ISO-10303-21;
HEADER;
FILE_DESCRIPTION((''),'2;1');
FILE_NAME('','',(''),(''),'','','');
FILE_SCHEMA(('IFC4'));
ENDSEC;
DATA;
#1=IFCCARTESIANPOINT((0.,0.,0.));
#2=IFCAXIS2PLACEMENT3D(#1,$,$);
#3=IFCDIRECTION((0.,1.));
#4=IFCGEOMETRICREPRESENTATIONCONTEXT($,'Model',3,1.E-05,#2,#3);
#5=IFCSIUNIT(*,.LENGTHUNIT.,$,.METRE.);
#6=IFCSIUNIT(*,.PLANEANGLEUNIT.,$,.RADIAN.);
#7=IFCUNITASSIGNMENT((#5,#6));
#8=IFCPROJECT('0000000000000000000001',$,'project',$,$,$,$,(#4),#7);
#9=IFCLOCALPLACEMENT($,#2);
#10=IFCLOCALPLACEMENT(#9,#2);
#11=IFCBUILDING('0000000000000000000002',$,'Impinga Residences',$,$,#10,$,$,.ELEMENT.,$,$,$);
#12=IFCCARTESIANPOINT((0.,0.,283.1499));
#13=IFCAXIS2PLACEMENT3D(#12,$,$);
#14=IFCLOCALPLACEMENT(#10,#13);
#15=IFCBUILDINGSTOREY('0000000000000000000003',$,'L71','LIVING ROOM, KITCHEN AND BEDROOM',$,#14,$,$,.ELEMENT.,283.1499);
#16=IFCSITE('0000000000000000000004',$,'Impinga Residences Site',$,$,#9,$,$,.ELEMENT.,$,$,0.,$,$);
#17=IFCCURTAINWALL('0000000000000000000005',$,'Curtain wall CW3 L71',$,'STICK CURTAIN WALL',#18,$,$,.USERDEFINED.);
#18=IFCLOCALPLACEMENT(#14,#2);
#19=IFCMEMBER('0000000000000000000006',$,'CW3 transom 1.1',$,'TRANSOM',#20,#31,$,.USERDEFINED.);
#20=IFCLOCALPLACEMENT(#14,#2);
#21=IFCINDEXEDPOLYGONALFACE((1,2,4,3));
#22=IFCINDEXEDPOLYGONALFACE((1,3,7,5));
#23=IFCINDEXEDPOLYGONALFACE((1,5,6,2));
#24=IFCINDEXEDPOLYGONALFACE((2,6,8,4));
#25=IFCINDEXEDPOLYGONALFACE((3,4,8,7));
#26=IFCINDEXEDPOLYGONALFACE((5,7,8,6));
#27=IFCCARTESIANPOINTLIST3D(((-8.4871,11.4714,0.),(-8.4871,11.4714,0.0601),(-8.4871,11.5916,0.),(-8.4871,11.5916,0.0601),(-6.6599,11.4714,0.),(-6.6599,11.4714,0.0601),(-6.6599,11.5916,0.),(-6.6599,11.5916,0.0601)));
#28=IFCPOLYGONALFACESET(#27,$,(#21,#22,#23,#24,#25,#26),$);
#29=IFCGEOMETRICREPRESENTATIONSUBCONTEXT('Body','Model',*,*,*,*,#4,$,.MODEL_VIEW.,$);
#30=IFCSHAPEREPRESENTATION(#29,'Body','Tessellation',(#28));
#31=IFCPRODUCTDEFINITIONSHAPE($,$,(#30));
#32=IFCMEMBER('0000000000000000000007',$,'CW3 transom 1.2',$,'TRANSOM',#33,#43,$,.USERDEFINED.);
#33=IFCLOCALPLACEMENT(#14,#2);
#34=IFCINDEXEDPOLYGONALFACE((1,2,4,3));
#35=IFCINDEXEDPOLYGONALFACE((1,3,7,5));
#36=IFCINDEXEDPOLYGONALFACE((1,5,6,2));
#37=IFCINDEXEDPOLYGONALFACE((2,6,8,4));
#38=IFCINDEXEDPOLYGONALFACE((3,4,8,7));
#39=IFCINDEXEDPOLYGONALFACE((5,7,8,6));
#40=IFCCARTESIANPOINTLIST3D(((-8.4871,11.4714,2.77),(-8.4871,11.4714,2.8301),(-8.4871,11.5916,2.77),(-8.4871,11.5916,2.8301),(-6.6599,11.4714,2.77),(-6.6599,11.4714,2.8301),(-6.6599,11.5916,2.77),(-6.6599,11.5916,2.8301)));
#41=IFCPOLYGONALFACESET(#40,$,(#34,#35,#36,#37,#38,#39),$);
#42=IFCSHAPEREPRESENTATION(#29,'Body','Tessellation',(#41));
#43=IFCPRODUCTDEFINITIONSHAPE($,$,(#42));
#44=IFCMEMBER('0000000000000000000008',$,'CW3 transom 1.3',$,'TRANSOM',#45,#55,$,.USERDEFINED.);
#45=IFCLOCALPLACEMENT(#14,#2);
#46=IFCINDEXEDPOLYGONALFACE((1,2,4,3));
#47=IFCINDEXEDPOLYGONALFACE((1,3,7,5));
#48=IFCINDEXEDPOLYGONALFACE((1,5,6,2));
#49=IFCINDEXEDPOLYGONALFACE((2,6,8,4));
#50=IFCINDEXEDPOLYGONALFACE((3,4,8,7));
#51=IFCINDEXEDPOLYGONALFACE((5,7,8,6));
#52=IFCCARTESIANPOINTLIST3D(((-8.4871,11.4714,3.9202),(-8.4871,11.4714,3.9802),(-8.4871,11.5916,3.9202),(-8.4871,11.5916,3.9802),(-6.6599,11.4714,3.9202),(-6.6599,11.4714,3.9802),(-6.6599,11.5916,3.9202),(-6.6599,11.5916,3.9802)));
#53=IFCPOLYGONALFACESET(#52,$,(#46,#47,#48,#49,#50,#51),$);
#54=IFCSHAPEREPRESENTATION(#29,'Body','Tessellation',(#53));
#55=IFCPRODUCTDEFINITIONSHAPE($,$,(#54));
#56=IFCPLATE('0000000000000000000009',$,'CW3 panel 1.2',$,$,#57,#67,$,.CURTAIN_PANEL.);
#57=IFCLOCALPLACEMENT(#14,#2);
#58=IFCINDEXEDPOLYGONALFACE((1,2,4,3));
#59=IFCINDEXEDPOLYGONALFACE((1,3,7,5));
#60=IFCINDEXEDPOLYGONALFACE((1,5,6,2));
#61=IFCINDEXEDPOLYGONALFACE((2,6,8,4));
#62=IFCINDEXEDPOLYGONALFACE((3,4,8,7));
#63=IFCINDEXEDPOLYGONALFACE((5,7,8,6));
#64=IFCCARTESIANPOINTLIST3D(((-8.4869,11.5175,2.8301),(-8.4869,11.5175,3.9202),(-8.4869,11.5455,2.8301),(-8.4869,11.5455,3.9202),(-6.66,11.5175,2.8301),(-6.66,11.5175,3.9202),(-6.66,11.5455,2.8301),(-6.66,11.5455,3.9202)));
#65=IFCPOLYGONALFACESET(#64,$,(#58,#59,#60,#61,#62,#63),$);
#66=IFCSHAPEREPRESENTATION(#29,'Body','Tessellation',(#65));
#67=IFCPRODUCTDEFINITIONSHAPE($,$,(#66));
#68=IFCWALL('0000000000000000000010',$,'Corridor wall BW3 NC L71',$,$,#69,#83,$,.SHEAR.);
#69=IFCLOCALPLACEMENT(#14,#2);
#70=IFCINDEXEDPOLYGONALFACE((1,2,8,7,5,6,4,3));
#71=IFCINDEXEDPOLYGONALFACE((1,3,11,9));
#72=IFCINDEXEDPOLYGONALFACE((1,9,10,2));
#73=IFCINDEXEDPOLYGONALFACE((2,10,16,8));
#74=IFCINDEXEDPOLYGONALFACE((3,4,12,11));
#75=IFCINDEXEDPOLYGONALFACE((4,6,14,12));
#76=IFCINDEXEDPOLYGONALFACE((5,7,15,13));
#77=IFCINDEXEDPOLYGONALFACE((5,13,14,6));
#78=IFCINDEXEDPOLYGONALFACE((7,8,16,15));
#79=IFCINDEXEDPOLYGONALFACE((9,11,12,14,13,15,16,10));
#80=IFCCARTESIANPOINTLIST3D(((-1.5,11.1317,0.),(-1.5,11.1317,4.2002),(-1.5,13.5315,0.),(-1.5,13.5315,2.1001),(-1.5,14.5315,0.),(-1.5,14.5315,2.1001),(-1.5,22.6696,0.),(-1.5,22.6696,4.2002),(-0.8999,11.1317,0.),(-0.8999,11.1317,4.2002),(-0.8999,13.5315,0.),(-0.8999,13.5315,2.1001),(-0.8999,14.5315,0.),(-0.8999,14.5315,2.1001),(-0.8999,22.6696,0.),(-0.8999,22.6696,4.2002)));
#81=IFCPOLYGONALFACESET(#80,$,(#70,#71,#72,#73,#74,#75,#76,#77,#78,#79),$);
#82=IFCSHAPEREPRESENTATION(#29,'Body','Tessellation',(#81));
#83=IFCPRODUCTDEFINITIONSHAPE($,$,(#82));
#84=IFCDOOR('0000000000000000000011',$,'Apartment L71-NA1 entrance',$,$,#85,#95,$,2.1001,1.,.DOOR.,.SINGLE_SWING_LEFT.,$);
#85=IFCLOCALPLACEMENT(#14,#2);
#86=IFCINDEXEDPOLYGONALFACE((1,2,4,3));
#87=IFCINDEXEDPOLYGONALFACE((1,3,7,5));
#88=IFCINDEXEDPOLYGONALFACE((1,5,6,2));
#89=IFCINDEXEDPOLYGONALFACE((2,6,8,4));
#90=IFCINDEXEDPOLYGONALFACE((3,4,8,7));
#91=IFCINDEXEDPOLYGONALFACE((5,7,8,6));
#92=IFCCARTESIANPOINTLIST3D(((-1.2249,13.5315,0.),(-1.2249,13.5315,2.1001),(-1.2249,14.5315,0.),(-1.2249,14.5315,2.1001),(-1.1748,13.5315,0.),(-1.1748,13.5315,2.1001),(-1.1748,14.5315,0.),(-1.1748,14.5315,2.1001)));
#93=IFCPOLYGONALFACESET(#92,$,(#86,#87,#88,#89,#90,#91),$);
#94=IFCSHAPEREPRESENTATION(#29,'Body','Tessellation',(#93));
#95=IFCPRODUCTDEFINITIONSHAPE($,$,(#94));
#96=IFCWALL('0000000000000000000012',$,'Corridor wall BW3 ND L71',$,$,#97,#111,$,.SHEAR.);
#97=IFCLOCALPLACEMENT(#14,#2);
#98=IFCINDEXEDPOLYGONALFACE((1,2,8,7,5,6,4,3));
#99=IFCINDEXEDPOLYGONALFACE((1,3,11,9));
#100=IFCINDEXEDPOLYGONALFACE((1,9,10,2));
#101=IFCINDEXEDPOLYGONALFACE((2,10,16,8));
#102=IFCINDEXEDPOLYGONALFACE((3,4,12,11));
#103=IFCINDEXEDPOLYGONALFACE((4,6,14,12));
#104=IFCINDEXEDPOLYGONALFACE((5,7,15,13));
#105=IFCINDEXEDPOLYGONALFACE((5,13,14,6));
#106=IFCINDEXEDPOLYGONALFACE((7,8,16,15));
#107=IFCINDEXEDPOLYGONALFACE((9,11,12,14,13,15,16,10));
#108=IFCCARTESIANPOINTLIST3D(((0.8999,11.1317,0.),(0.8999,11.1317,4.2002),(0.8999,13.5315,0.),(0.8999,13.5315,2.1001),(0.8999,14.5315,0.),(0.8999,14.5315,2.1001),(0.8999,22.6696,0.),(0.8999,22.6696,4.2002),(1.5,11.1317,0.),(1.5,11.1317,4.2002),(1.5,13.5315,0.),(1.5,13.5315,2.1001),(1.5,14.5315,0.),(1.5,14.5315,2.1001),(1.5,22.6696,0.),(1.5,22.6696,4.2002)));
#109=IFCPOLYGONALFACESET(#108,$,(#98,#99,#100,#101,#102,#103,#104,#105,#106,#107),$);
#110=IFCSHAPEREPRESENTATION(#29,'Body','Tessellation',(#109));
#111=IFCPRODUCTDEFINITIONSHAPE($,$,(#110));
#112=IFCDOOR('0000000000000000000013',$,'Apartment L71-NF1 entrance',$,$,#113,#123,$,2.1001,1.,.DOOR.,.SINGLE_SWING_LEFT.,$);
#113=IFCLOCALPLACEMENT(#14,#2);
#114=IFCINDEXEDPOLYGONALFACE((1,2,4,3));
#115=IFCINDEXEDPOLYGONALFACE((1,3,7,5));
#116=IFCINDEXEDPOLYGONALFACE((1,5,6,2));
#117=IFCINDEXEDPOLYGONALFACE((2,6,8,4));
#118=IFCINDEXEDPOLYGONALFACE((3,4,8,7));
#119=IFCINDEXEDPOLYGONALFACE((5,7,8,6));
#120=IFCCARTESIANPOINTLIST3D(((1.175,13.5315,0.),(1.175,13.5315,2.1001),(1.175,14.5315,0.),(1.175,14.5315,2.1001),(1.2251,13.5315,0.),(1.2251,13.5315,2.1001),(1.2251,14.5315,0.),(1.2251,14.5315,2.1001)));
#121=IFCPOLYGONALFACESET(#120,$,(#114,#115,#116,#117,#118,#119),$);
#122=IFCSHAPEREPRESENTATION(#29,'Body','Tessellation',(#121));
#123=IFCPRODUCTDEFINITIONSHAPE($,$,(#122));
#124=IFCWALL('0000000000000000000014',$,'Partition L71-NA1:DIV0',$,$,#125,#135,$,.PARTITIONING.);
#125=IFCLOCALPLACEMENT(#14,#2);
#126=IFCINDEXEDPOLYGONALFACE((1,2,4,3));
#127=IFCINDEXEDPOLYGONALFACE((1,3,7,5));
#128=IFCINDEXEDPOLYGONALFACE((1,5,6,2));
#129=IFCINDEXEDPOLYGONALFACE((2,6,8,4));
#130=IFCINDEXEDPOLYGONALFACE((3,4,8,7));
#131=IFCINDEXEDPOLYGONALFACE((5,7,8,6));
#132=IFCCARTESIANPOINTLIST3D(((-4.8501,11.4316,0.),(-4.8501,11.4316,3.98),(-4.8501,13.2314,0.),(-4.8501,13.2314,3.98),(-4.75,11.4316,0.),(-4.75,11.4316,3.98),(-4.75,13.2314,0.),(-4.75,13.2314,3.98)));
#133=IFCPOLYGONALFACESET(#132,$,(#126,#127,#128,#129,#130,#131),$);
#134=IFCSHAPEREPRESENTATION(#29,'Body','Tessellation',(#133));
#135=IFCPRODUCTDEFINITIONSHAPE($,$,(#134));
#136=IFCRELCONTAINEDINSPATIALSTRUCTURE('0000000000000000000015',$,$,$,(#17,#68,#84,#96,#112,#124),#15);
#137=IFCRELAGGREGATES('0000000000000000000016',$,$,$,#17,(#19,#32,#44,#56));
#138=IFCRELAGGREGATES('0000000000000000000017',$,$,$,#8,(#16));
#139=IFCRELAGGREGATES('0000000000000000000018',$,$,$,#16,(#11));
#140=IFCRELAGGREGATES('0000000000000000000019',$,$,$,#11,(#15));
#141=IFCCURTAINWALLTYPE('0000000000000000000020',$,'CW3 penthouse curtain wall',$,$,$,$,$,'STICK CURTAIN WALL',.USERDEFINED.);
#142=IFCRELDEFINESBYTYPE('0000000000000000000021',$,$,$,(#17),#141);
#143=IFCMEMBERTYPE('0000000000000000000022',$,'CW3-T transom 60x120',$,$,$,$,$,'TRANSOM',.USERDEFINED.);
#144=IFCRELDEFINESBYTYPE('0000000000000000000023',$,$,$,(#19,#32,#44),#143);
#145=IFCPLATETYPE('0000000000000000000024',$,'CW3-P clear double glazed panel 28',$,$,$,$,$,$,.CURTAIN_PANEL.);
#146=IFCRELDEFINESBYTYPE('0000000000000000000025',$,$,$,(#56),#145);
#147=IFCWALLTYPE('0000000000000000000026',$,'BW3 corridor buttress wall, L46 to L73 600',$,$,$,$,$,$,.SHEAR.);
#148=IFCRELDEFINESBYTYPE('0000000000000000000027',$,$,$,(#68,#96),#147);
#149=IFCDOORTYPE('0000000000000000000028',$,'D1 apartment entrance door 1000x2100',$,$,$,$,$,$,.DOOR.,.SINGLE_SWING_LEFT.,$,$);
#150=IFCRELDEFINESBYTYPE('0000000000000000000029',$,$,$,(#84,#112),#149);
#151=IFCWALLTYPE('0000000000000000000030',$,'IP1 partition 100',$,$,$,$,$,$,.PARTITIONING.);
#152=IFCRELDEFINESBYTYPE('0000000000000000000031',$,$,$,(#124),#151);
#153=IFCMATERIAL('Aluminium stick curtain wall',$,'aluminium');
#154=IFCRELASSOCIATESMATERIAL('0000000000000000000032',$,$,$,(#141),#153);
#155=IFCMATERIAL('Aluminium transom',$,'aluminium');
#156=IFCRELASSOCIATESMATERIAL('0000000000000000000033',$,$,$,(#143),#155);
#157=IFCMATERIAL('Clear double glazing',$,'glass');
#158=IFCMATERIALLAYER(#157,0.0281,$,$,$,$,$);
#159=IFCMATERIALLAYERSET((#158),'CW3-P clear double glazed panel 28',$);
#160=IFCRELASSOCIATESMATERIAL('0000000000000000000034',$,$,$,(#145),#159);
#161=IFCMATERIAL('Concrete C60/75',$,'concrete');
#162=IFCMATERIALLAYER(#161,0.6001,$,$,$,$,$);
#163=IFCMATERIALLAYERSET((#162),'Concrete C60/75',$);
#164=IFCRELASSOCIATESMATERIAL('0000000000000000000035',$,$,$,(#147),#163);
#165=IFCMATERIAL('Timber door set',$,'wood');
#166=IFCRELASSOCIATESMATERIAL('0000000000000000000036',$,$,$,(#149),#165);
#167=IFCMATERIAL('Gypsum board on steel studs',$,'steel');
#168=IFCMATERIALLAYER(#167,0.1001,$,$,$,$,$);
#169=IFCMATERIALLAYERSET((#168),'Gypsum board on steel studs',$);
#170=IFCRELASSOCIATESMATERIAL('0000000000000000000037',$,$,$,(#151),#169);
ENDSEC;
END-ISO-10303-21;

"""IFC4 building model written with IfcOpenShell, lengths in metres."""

from ifc_helpers import new_model, si_unit, direction, frame, frame_2d, origin, origin_2d, place, context, subcontext, project, spatial, rectangle, extrude, material, layer, layer_set, material_profile, profile_set, type_object, element, fill, aggregate, save


model = new_model("IFC4")

# Units and contexts
model_context = context("Model", 3, precision=1e-05, world=origin(), true_north=direction((0.0, 1.0)))
body_context = subcontext(model_context, "Body", "Model", "MODEL_VIEW")
ifc_project = project(units=[si_unit("LENGTHUNIT", "METRE"), si_unit("PLANEANGLEUNIT", "RADIAN")], contexts=[model_context])

# Site, building, storey
site_placement = place(None, origin())
site = spatial("IfcSite", under=ifc_project, at=site_placement, Name="Impinga Residences Site", CompositionType="ELEMENT", RefElevation=0.0)
building_placement = place(site_placement, origin())
building = spatial("IfcBuilding", under=site, at=building_placement, Name="Impinga Residences", CompositionType="ELEMENT")
storey_placement = place(building_placement, frame((0.0, 0.0, 283.1499)))
storey = spatial("IfcBuildingStorey", under=building, at=storey_placement, Name="L71", Description="LIVING ROOM, KITCHEN AND BEDROOM", CompositionType="ELEMENT", Elevation=283.1499)

# Curtain wall, members, plate
ifc_material_1 = material(Name="Aluminium stick curtain wall", Category="aluminium")
curtain_wall_type = type_object("IfcCurtainWallType", Name="CW3 penthouse curtain wall", ElementType="STICK CURTAIN WALL", PredefinedType="USERDEFINED", material=ifc_material_1)
curtain_wall_placement = place(storey_placement, origin())
curtain_wall = element("IfcCurtainWall", 1, at=curtain_wall_placement, inside=storey, type_object=curtain_wall_type, Name="Curtain wall CW3 L71", ObjectType="STICK CURTAIN WALL", PredefinedType="USERDEFINED")
ifc_material_2 = material(Name="Aluminium transom", Category="aluminium")
ifc_material_profile = material_profile(ifc_material_2, rectangle(XDim=0.0601, YDim=0.1201, at=origin_2d()), Name="60x120 transom")
ifc_profile_set = profile_set([ifc_material_profile], Name="Aluminium transom")
member_type = type_object("IfcMemberType", Name="CW3-T transom 60x120", ElementType="TRANSOM", PredefinedType="USERDEFINED", material=ifc_profile_set)
member_1_placement = place(storey_placement, frame((-6.6599, 11.5315, 0.03), z_axis=(-1.0, 0.0, 0.0), x_axis=(0.0, 0.0, 1.0)))
member_1 = element("IfcMember", 2, at=member_1_placement, type_object=member_type, Name="CW3 transom 1.1", ObjectType="TRANSOM", PredefinedType="USERDEFINED", context=body_context, shape_type="SweptSolid", body=[
    extrude(rectangle(XDim=0.0601, YDim=0.1201, at=origin_2d()), origin(), (0.0, 0.0, 1.0), 1.8271),
])
member_2_placement = place(storey_placement, frame((-6.6599, 11.5315, 2.8), z_axis=(-1.0, 0.0, 0.0), x_axis=(0.0, 0.0, 1.0)))
member_2 = element("IfcMember", 3, at=member_2_placement, type_object=member_type, Name="CW3 transom 1.2", ObjectType="TRANSOM", PredefinedType="USERDEFINED", context=body_context, shape_type="SweptSolid", body=[
    extrude(rectangle(XDim=0.0601, YDim=0.1201, at=origin_2d()), origin(), (0.0, 0.0, 1.0), 1.8271),
])
member_3_placement = place(storey_placement, frame((-6.6599, 11.5315, 3.9502), z_axis=(-1.0, 0.0, 0.0), x_axis=(0.0, 0.0, 1.0)))
member_3 = element("IfcMember", 4, at=member_3_placement, type_object=member_type, Name="CW3 transom 1.3", ObjectType="TRANSOM", PredefinedType="USERDEFINED", context=body_context, shape_type="SweptSolid", body=[
    extrude(rectangle(XDim=0.0601, YDim=0.1201, at=origin_2d()), origin(), (0.0, 0.0, 1.0), 1.8271),
])
ifc_material_3 = material(Name="Clear double glazing", Category="glass")
ifc_layer_1 = layer(ifc_material_3, 0.0281)
ifc_layer_set_1 = layer_set([ifc_layer_1], Name="CW3-P clear double glazed panel 28")
plate_type = type_object("IfcPlateType", Name="CW3-P clear double glazed panel 28", PredefinedType="CURTAIN_PANEL", material=ifc_layer_set_1)
plate_placement = place(storey_placement, frame((-7.5735, 11.5315, 2.8301), z_axis=(0.0, 0.0, 1.0), x_axis=(-1.0, 0.0, 0.0)))
plate = element("IfcPlate", 5, at=plate_placement, type_object=plate_type, Name="CW3 panel 1.2", PredefinedType="CURTAIN_PANEL", context=body_context, shape_type="SweptSolid", body=[
    extrude(rectangle(XDim=1.8269, YDim=0.0281, at=origin_2d()), origin(), (0.0, 0.0, 1.0), 1.0901),
])
aggregate(curtain_wall, [member_1, member_2, member_3, plate])

# Walls, openings, doors
ifc_material_4 = material(Name="Concrete C60/75", Category="concrete")
ifc_layer_2 = layer(ifc_material_4, 0.6001)
ifc_layer_set_2 = layer_set([ifc_layer_2], Name="Concrete C60/75")
wall_type_1 = type_object("IfcWallType", Name="BW3 corridor buttress wall, L46 to L73 600", PredefinedType="SHEAR", material=ifc_layer_set_2)
wall_1_placement = place(storey_placement, frame((-1.2, 11.1316, 0.0), z_axis=(0.0, 0.0, 1.0), x_axis=(0.0, 1.0, 0.0)))
wall_1 = element("IfcWall", 6, at=wall_1_placement, inside=storey, type_object=wall_type_1, Name="Corridor wall BW3 NC L71", PredefinedType="SHEAR", context=body_context, shape_type="SweptSolid", body=[
    extrude(rectangle(XDim=11.5378, YDim=0.6001, at=frame_2d((5.769, 0.0))), origin(), (0.0, 0.0, 1.0), 4.2002),
])
opening_1_placement = place(wall_1_placement, frame((2.3999, 0.0, 0.0)))
opening_1 = element("IfcOpeningElement", 7, at=opening_1_placement, cuts=wall_1, PredefinedType="OPENING", context=body_context, shape_type="SweptSolid", body=[
    extrude(rectangle(XDim=1.0, YDim=2.1001, at=frame_2d((0.5, 1.05))), frame((0.0, 0.3101, 0.0), z_axis=(0.0, -1.0, 0.0), x_axis=(1.0, 0.0, 0.0)), (0.0, 0.0, 1.0), 0.6201),
])
ifc_material_5 = material(Name="Timber door set", Category="wood")
door_type_1 = type_object("IfcDoorType", Name="D1 apartment entrance door 1000x2100", OperationType="SINGLE_SWING_LEFT", PredefinedType="DOOR", material=ifc_material_5)
door_1_placement = place(opening_1_placement, origin())
door_1 = element("IfcDoor", 8, at=door_1_placement, inside=storey, type_object=door_type_1, Name="Apartment L71-NA1 entrance", OperationType="SINGLE_SWING_LEFT", OverallHeight=2.1001, OverallWidth=1.0, PredefinedType="DOOR", context=body_context, shape_type="SweptSolid", body=[
    extrude(rectangle(XDim=1.0, YDim=2.1001, at=frame_2d((0.5, 1.05))), frame((0.0, 0.0249, 0.0), z_axis=(0.0, -1.0, 0.0), x_axis=(1.0, 0.0, 0.0)), (0.0, 0.0, 1.0), 0.05),
])
fill(opening_1, door_1)
wall_2_placement = place(storey_placement, frame((1.2, 11.1316, 0.0), z_axis=(0.0, 0.0, 1.0), x_axis=(0.0, 1.0, 0.0)))
wall_2 = element("IfcWall", 9, at=wall_2_placement, inside=storey, type_object=wall_type_1, Name="Corridor wall BW3 ND L71", PredefinedType="SHEAR", context=body_context, shape_type="SweptSolid", body=[
    extrude(rectangle(XDim=11.5378, YDim=0.6001, at=frame_2d((5.769, 0.0))), origin(), (0.0, 0.0, 1.0), 4.2002),
])
opening_2_placement = place(wall_2_placement, frame((2.3999, 0.0, 0.0)))
opening_2 = element("IfcOpeningElement", 10, at=opening_2_placement, cuts=wall_2, PredefinedType="OPENING", context=body_context, shape_type="SweptSolid", body=[
    extrude(rectangle(XDim=1.0, YDim=2.1001, at=frame_2d((0.5, 1.05))), frame((0.0, 0.3101, 0.0), z_axis=(0.0, -1.0, 0.0), x_axis=(1.0, 0.0, 0.0)), (0.0, 0.0, 1.0), 0.6201),
])
door_2_placement = place(opening_2_placement, origin())
door_2 = element("IfcDoor", 11, at=door_2_placement, inside=storey, type_object=door_type_1, Name="Apartment L71-NF1 entrance", OperationType="SINGLE_SWING_LEFT", OverallHeight=2.1001, OverallWidth=1.0, PredefinedType="DOOR", context=body_context, shape_type="SweptSolid", body=[
    extrude(rectangle(XDim=1.0, YDim=2.1001, at=frame_2d((0.5, 1.05))), frame((0.0, 0.0249, 0.0), z_axis=(0.0, -1.0, 0.0), x_axis=(1.0, 0.0, 0.0)), (0.0, 0.0, 1.0), 0.05),
])
fill(opening_2, door_2)

# Wall
ifc_material_6 = material(Name="Gypsum board on steel studs", Category="steel")
ifc_layer_3 = layer(ifc_material_6, 0.1001)
ifc_layer_set_3 = layer_set([ifc_layer_3], Name="Gypsum board on steel studs")
wall_type_2 = type_object("IfcWallType", Name="IP1 partition 100", PredefinedType="PARTITIONING", material=ifc_layer_set_3)
wall_3_placement = place(storey_placement, frame((-4.8, 11.4316, 0.0), z_axis=(0.0, 0.0, 1.0), x_axis=(0.0, 1.0, 0.0)))
element("IfcWall", 12, at=wall_3_placement, inside=storey, type_object=wall_type_2, Name="Partition L71-NA1:DIV0", PredefinedType="PARTITIONING", context=body_context, shape_type="SweptSolid", body=[
    extrude(rectangle(XDim=1.7998, YDim=0.1001, at=frame_2d((0.8999, 0.0))), origin(), (0.0, 0.0, 1.0), 3.98),
])

save(model, "model.ifc")
